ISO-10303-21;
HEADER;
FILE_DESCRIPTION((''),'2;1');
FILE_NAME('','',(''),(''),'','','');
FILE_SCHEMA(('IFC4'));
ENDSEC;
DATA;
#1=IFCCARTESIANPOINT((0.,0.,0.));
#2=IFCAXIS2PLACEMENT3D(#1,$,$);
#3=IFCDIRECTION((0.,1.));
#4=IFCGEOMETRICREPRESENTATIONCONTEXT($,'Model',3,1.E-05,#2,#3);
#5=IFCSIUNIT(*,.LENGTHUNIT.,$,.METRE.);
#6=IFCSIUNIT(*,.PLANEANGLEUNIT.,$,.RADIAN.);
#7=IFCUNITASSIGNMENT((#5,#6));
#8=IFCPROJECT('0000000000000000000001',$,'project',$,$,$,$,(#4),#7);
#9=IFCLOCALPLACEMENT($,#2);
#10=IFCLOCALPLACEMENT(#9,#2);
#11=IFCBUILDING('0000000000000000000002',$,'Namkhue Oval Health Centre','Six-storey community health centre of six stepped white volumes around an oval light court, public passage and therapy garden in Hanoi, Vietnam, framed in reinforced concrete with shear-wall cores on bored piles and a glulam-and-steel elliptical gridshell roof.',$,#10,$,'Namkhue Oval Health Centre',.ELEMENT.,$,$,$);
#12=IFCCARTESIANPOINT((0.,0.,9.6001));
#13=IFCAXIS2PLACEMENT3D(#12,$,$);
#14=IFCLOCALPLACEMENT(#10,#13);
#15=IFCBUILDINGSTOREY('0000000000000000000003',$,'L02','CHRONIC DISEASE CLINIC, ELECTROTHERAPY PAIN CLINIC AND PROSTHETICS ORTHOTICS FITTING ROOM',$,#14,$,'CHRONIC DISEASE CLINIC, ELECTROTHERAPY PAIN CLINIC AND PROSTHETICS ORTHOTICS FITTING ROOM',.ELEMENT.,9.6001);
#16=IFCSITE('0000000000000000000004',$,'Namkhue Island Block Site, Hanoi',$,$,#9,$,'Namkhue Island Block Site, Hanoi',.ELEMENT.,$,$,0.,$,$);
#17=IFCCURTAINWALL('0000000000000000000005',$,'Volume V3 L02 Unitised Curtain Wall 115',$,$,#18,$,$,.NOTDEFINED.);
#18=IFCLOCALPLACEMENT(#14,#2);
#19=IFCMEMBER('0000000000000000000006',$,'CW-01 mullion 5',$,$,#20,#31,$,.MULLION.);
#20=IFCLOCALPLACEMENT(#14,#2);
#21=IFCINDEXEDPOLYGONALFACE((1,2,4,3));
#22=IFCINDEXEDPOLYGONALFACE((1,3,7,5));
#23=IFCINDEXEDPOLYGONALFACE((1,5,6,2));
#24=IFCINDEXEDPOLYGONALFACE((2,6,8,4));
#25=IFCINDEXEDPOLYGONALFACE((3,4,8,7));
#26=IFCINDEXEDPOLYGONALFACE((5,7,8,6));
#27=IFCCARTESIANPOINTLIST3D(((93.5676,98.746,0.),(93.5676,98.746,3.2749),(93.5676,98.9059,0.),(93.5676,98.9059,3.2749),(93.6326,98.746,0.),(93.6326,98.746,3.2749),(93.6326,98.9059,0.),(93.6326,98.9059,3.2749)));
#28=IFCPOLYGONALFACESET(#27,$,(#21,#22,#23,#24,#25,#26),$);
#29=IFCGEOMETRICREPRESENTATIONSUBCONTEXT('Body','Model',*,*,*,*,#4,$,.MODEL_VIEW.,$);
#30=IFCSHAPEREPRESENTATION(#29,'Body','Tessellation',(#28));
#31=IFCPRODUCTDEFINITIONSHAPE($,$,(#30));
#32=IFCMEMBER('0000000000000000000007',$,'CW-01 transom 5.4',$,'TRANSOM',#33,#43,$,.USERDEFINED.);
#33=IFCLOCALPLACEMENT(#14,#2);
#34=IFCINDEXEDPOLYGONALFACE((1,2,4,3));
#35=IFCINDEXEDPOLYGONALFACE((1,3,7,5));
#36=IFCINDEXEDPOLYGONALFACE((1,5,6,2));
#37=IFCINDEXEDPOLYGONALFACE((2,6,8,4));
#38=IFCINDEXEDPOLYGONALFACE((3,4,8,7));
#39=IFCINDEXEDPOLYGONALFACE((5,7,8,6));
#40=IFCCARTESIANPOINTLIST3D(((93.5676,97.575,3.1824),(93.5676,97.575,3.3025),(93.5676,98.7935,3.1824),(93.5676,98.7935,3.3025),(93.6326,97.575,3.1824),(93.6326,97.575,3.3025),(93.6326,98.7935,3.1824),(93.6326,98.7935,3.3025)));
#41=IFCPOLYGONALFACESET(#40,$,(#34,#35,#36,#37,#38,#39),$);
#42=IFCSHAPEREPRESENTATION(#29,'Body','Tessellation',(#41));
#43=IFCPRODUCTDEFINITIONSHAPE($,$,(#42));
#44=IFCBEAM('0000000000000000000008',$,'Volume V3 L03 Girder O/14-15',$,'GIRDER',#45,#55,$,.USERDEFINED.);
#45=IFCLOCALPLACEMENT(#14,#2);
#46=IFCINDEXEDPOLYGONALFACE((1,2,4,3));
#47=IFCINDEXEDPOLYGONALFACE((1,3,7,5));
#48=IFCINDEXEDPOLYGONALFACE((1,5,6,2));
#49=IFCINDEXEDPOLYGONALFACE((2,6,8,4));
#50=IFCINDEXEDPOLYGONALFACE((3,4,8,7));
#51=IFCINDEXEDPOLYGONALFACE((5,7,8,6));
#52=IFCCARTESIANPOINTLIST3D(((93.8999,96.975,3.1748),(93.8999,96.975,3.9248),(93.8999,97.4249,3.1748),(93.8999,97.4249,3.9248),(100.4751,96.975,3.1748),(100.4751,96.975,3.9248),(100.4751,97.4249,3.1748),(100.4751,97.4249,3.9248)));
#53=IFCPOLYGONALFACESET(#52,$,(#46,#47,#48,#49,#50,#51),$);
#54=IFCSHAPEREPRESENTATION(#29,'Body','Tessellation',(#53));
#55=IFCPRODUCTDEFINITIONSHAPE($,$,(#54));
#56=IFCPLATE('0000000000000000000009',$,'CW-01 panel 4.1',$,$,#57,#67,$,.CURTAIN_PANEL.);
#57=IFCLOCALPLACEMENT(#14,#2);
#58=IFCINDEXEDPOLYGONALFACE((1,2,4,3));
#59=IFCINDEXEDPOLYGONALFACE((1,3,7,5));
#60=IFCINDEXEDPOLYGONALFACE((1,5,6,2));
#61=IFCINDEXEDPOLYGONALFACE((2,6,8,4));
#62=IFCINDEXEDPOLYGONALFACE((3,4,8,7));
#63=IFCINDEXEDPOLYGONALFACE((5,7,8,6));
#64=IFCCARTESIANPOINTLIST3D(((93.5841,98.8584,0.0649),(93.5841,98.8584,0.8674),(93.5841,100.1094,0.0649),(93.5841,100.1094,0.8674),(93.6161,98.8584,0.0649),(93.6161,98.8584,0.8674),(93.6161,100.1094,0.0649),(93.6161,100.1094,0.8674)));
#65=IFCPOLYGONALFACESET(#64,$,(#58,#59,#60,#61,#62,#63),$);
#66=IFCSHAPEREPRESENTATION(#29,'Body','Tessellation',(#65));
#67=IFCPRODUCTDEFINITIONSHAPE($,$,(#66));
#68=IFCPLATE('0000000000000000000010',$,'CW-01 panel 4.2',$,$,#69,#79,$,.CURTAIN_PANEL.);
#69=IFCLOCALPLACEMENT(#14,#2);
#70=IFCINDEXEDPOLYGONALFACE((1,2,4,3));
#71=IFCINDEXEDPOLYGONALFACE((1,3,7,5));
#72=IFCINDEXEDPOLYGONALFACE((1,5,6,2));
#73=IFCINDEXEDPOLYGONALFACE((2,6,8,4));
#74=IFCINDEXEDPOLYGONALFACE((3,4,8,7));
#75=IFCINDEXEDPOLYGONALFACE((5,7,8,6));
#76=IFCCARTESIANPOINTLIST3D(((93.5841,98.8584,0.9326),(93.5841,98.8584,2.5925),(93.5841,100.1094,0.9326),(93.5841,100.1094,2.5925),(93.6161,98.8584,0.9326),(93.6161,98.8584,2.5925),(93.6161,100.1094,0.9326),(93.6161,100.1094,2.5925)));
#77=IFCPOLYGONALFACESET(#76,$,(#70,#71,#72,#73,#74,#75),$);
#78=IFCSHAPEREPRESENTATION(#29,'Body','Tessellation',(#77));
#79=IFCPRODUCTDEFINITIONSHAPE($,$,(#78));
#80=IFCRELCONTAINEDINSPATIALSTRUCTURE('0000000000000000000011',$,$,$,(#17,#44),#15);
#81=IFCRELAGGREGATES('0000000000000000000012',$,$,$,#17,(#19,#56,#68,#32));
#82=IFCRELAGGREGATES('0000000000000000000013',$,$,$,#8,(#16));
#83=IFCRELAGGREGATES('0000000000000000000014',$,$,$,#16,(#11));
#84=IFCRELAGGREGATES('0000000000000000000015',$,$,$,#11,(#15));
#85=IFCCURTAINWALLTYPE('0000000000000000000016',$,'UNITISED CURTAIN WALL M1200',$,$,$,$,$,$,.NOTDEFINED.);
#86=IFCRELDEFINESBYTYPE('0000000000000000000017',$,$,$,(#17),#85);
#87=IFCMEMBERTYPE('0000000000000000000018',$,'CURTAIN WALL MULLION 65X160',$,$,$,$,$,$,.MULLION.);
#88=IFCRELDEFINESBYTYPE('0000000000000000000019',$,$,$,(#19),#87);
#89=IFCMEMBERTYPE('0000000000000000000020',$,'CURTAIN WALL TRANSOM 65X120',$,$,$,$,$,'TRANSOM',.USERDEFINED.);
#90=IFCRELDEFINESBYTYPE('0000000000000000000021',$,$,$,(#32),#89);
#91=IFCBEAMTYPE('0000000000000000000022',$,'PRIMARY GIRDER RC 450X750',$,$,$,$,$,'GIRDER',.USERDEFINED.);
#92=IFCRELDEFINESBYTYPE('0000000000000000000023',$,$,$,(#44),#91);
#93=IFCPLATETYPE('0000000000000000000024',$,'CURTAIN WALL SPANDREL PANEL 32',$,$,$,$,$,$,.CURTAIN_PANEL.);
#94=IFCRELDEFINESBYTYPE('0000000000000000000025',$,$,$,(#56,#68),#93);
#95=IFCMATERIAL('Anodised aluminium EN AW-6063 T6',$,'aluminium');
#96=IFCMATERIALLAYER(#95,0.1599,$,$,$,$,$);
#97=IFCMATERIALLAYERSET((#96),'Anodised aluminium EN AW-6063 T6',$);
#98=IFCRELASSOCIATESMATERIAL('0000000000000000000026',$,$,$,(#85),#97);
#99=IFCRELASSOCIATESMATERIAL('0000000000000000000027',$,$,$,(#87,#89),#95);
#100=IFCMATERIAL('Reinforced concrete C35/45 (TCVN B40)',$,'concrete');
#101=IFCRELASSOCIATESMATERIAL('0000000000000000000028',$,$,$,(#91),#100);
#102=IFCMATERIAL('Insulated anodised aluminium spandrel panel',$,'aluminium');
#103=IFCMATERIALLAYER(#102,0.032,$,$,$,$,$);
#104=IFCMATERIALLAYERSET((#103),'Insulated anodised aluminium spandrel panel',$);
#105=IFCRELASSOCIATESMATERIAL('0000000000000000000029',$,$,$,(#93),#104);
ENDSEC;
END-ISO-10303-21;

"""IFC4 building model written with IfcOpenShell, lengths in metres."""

from ifc_helpers import new_model, si_unit, direction, frame, origin, origin_2d, place, context, subcontext, project, spatial, rectangle, extrude, material, layer, layer_set, material_profile, profile_set, type_object, element, aggregate, save


model = new_model("IFC4")

# Units and contexts
model_context = context("Model", 3, precision=1e-05, world=origin(), true_north=direction((0.0, 1.0)))
body_context = subcontext(model_context, "Body", "Model", "MODEL_VIEW")
ifc_project = project(units=[si_unit("LENGTHUNIT", "METRE"), si_unit("PLANEANGLEUNIT", "RADIAN")], contexts=[model_context])

# Site, building, storey
site_placement = place(None, origin())
site = spatial("IfcSite", under=ifc_project, at=site_placement, Name="Namkhue Island Block Site, Hanoi", LongName="Namkhue Island Block Site, Hanoi", CompositionType="ELEMENT", RefElevation=0.0)
building_placement = place(site_placement, origin())
building = spatial("IfcBuilding", under=site, at=building_placement, Name="Namkhue Oval Health Centre", Description="Six-storey community health centre of six stepped white volumes around an oval light court, public passage and therapy garden in Hanoi, Vietnam, framed in reinforced concrete with shear-wall cores on bored piles and a glulam-and-steel elliptical gridshell roof.", LongName="Namkhue Oval Health Centre", CompositionType="ELEMENT")
storey_placement = place(building_placement, frame((0.0, 0.0, 9.6001)))
storey = spatial("IfcBuildingStorey", under=building, at=storey_placement, Name="L02", Description="CHRONIC DISEASE CLINIC, ELECTROTHERAPY PAIN CLINIC AND PROSTHETICS ORTHOTICS FITTING ROOM", LongName="CHRONIC DISEASE CLINIC, ELECTROTHERAPY PAIN CLINIC AND PROSTHETICS ORTHOTICS FITTING ROOM", CompositionType="ELEMENT", Elevation=9.6001)

# Curtain wall, members
ifc_material_1 = material(Name="Anodised aluminium EN AW-6063 T6", Category="aluminium")
ifc_layer_1 = layer(ifc_material_1, 0.1599)
ifc_layer_set_1 = layer_set([ifc_layer_1], Name="Anodised aluminium EN AW-6063 T6")
curtain_wall_type = type_object("IfcCurtainWallType", Name="UNITISED CURTAIN WALL M1200", PredefinedType="NOTDEFINED", material=ifc_layer_set_1)
curtain_wall_placement = place(storey_placement, origin())
curtain_wall = element("IfcCurtainWall", 1, at=curtain_wall_placement, inside=storey, type_object=curtain_wall_type, Name="Volume V3 L02 Unitised Curtain Wall 115", PredefinedType="NOTDEFINED")
ifc_material_profile_1 = material_profile(ifc_material_1, rectangle(XDim=0.0649, YDim=0.1599, at=origin_2d()), Name="ALU 65x160")
ifc_profile_set_1 = profile_set([ifc_material_profile_1], Name="Anodised aluminium EN AW-6063 T6")
member_type_1 = type_object("IfcMemberType", Name="CURTAIN WALL MULLION 65X160", PredefinedType="MULLION", material=ifc_profile_set_1)
member_1_placement = place(storey_placement, frame((93.6001, 98.8259, 0.0), z_axis=(0.0, 0.0, 1.0), x_axis=(1.0, 0.0, 0.0)))
member_1 = element("IfcMember", 2, at=member_1_placement, type_object=member_type_1, Name="CW-01 mullion 5", PredefinedType="MULLION", context=body_context, shape_type="SweptSolid", body=[
    extrude(rectangle(XDim=0.0649, YDim=0.1599, at=origin_2d()), origin(), (0.0, 0.0, 1.0), 3.2749),
])
ifc_material_profile_2 = material_profile(ifc_material_1, rectangle(XDim=0.0649, YDim=0.1201, at=origin_2d()), Name="ALU 65x120")
ifc_profile_set_2 = profile_set([ifc_material_profile_2], Name="Anodised aluminium EN AW-6063 T6")
member_type_2 = type_object("IfcMemberType", Name="CURTAIN WALL TRANSOM 65X120", ElementType="TRANSOM", PredefinedType="USERDEFINED", material=ifc_profile_set_2)
member_2_placement = place(storey_placement, frame((93.6001, 98.7935, 3.2424), z_axis=(0.0, -1.0, 0.0), x_axis=(1.0, 0.0, 0.0)))
member_2 = element("IfcMember", 3, at=member_2_placement, type_object=member_type_2, Name="CW-01 transom 5.4", ObjectType="TRANSOM", PredefinedType="USERDEFINED", context=body_context, shape_type="SweptSolid", body=[
    extrude(rectangle(XDim=0.0649, YDim=0.1201, at=origin_2d()), origin(), (0.0, 0.0, 1.0), 1.2185),
])

# Beam
ifc_material_2 = material(Name="Reinforced concrete C35/45 (TCVN B40)", Category="concrete")
ifc_material_profile_3 = material_profile(ifc_material_2, rectangle(XDim=0.45, YDim=0.75, at=origin_2d()), Name="RC 450x750")
ifc_profile_set_3 = profile_set([ifc_material_profile_3], Name="Reinforced concrete C35/45 (TCVN B40)")
beam_type = type_object("IfcBeamType", Name="PRIMARY GIRDER RC 450X750", ElementType="GIRDER", PredefinedType="USERDEFINED", material=ifc_profile_set_3)
beam_placement = place(storey_placement, frame((93.8999, 97.2, 3.5498), z_axis=(1.0, 0.0, 0.0), x_axis=(0.0, 1.0, 0.0)))
element("IfcBeam", 4, at=beam_placement, inside=storey, type_object=beam_type, Name="Volume V3 L03 Girder O/14-15", ObjectType="GIRDER", PredefinedType="USERDEFINED", context=body_context, shape_type="SweptSolid", body=[
    extrude(rectangle(XDim=0.45, YDim=0.75, at=origin_2d()), origin(), (0.0, 0.0, 1.0), 6.5752),
])

# Plates
ifc_material_3 = material(Name="Insulated anodised aluminium spandrel panel", Category="aluminium")
ifc_layer_2 = layer(ifc_material_3, 0.032)
ifc_layer_set_2 = layer_set([ifc_layer_2], Name="Insulated anodised aluminium spandrel panel")
plate_type = type_object("IfcPlateType", Name="CURTAIN WALL SPANDREL PANEL 32", PredefinedType="CURTAIN_PANEL", material=ifc_layer_set_2)
plate_1_placement = place(storey_placement, frame((93.6001, 99.4839, 0.0649), z_axis=(0.0, 0.0, 1.0), x_axis=(0.0, -1.0, 0.0)))
plate_1 = element("IfcPlate", 5, at=plate_1_placement, type_object=plate_type, Name="CW-01 panel 4.1", PredefinedType="CURTAIN_PANEL", context=body_context, shape_type="SweptSolid", body=[
    extrude(rectangle(XDim=1.251, YDim=0.032, at=origin_2d()), origin(), (0.0, 0.0, 1.0), 0.8025),
])
plate_2_placement = place(storey_placement, frame((93.6001, 99.4839, 0.9326), z_axis=(0.0, 0.0, 1.0), x_axis=(0.0, -1.0, 0.0)))
plate_2 = element("IfcPlate", 6, at=plate_2_placement, type_object=plate_type, Name="CW-01 panel 4.2", PredefinedType="CURTAIN_PANEL", context=body_context, shape_type="SweptSolid", body=[
    extrude(rectangle(XDim=1.251, YDim=0.032, at=origin_2d()), origin(), (0.0, 0.0, 1.0), 1.6599),
])
aggregate(curtain_wall, [member_1, plate_1, plate_2, member_2])

save(model, "model.ifc")
